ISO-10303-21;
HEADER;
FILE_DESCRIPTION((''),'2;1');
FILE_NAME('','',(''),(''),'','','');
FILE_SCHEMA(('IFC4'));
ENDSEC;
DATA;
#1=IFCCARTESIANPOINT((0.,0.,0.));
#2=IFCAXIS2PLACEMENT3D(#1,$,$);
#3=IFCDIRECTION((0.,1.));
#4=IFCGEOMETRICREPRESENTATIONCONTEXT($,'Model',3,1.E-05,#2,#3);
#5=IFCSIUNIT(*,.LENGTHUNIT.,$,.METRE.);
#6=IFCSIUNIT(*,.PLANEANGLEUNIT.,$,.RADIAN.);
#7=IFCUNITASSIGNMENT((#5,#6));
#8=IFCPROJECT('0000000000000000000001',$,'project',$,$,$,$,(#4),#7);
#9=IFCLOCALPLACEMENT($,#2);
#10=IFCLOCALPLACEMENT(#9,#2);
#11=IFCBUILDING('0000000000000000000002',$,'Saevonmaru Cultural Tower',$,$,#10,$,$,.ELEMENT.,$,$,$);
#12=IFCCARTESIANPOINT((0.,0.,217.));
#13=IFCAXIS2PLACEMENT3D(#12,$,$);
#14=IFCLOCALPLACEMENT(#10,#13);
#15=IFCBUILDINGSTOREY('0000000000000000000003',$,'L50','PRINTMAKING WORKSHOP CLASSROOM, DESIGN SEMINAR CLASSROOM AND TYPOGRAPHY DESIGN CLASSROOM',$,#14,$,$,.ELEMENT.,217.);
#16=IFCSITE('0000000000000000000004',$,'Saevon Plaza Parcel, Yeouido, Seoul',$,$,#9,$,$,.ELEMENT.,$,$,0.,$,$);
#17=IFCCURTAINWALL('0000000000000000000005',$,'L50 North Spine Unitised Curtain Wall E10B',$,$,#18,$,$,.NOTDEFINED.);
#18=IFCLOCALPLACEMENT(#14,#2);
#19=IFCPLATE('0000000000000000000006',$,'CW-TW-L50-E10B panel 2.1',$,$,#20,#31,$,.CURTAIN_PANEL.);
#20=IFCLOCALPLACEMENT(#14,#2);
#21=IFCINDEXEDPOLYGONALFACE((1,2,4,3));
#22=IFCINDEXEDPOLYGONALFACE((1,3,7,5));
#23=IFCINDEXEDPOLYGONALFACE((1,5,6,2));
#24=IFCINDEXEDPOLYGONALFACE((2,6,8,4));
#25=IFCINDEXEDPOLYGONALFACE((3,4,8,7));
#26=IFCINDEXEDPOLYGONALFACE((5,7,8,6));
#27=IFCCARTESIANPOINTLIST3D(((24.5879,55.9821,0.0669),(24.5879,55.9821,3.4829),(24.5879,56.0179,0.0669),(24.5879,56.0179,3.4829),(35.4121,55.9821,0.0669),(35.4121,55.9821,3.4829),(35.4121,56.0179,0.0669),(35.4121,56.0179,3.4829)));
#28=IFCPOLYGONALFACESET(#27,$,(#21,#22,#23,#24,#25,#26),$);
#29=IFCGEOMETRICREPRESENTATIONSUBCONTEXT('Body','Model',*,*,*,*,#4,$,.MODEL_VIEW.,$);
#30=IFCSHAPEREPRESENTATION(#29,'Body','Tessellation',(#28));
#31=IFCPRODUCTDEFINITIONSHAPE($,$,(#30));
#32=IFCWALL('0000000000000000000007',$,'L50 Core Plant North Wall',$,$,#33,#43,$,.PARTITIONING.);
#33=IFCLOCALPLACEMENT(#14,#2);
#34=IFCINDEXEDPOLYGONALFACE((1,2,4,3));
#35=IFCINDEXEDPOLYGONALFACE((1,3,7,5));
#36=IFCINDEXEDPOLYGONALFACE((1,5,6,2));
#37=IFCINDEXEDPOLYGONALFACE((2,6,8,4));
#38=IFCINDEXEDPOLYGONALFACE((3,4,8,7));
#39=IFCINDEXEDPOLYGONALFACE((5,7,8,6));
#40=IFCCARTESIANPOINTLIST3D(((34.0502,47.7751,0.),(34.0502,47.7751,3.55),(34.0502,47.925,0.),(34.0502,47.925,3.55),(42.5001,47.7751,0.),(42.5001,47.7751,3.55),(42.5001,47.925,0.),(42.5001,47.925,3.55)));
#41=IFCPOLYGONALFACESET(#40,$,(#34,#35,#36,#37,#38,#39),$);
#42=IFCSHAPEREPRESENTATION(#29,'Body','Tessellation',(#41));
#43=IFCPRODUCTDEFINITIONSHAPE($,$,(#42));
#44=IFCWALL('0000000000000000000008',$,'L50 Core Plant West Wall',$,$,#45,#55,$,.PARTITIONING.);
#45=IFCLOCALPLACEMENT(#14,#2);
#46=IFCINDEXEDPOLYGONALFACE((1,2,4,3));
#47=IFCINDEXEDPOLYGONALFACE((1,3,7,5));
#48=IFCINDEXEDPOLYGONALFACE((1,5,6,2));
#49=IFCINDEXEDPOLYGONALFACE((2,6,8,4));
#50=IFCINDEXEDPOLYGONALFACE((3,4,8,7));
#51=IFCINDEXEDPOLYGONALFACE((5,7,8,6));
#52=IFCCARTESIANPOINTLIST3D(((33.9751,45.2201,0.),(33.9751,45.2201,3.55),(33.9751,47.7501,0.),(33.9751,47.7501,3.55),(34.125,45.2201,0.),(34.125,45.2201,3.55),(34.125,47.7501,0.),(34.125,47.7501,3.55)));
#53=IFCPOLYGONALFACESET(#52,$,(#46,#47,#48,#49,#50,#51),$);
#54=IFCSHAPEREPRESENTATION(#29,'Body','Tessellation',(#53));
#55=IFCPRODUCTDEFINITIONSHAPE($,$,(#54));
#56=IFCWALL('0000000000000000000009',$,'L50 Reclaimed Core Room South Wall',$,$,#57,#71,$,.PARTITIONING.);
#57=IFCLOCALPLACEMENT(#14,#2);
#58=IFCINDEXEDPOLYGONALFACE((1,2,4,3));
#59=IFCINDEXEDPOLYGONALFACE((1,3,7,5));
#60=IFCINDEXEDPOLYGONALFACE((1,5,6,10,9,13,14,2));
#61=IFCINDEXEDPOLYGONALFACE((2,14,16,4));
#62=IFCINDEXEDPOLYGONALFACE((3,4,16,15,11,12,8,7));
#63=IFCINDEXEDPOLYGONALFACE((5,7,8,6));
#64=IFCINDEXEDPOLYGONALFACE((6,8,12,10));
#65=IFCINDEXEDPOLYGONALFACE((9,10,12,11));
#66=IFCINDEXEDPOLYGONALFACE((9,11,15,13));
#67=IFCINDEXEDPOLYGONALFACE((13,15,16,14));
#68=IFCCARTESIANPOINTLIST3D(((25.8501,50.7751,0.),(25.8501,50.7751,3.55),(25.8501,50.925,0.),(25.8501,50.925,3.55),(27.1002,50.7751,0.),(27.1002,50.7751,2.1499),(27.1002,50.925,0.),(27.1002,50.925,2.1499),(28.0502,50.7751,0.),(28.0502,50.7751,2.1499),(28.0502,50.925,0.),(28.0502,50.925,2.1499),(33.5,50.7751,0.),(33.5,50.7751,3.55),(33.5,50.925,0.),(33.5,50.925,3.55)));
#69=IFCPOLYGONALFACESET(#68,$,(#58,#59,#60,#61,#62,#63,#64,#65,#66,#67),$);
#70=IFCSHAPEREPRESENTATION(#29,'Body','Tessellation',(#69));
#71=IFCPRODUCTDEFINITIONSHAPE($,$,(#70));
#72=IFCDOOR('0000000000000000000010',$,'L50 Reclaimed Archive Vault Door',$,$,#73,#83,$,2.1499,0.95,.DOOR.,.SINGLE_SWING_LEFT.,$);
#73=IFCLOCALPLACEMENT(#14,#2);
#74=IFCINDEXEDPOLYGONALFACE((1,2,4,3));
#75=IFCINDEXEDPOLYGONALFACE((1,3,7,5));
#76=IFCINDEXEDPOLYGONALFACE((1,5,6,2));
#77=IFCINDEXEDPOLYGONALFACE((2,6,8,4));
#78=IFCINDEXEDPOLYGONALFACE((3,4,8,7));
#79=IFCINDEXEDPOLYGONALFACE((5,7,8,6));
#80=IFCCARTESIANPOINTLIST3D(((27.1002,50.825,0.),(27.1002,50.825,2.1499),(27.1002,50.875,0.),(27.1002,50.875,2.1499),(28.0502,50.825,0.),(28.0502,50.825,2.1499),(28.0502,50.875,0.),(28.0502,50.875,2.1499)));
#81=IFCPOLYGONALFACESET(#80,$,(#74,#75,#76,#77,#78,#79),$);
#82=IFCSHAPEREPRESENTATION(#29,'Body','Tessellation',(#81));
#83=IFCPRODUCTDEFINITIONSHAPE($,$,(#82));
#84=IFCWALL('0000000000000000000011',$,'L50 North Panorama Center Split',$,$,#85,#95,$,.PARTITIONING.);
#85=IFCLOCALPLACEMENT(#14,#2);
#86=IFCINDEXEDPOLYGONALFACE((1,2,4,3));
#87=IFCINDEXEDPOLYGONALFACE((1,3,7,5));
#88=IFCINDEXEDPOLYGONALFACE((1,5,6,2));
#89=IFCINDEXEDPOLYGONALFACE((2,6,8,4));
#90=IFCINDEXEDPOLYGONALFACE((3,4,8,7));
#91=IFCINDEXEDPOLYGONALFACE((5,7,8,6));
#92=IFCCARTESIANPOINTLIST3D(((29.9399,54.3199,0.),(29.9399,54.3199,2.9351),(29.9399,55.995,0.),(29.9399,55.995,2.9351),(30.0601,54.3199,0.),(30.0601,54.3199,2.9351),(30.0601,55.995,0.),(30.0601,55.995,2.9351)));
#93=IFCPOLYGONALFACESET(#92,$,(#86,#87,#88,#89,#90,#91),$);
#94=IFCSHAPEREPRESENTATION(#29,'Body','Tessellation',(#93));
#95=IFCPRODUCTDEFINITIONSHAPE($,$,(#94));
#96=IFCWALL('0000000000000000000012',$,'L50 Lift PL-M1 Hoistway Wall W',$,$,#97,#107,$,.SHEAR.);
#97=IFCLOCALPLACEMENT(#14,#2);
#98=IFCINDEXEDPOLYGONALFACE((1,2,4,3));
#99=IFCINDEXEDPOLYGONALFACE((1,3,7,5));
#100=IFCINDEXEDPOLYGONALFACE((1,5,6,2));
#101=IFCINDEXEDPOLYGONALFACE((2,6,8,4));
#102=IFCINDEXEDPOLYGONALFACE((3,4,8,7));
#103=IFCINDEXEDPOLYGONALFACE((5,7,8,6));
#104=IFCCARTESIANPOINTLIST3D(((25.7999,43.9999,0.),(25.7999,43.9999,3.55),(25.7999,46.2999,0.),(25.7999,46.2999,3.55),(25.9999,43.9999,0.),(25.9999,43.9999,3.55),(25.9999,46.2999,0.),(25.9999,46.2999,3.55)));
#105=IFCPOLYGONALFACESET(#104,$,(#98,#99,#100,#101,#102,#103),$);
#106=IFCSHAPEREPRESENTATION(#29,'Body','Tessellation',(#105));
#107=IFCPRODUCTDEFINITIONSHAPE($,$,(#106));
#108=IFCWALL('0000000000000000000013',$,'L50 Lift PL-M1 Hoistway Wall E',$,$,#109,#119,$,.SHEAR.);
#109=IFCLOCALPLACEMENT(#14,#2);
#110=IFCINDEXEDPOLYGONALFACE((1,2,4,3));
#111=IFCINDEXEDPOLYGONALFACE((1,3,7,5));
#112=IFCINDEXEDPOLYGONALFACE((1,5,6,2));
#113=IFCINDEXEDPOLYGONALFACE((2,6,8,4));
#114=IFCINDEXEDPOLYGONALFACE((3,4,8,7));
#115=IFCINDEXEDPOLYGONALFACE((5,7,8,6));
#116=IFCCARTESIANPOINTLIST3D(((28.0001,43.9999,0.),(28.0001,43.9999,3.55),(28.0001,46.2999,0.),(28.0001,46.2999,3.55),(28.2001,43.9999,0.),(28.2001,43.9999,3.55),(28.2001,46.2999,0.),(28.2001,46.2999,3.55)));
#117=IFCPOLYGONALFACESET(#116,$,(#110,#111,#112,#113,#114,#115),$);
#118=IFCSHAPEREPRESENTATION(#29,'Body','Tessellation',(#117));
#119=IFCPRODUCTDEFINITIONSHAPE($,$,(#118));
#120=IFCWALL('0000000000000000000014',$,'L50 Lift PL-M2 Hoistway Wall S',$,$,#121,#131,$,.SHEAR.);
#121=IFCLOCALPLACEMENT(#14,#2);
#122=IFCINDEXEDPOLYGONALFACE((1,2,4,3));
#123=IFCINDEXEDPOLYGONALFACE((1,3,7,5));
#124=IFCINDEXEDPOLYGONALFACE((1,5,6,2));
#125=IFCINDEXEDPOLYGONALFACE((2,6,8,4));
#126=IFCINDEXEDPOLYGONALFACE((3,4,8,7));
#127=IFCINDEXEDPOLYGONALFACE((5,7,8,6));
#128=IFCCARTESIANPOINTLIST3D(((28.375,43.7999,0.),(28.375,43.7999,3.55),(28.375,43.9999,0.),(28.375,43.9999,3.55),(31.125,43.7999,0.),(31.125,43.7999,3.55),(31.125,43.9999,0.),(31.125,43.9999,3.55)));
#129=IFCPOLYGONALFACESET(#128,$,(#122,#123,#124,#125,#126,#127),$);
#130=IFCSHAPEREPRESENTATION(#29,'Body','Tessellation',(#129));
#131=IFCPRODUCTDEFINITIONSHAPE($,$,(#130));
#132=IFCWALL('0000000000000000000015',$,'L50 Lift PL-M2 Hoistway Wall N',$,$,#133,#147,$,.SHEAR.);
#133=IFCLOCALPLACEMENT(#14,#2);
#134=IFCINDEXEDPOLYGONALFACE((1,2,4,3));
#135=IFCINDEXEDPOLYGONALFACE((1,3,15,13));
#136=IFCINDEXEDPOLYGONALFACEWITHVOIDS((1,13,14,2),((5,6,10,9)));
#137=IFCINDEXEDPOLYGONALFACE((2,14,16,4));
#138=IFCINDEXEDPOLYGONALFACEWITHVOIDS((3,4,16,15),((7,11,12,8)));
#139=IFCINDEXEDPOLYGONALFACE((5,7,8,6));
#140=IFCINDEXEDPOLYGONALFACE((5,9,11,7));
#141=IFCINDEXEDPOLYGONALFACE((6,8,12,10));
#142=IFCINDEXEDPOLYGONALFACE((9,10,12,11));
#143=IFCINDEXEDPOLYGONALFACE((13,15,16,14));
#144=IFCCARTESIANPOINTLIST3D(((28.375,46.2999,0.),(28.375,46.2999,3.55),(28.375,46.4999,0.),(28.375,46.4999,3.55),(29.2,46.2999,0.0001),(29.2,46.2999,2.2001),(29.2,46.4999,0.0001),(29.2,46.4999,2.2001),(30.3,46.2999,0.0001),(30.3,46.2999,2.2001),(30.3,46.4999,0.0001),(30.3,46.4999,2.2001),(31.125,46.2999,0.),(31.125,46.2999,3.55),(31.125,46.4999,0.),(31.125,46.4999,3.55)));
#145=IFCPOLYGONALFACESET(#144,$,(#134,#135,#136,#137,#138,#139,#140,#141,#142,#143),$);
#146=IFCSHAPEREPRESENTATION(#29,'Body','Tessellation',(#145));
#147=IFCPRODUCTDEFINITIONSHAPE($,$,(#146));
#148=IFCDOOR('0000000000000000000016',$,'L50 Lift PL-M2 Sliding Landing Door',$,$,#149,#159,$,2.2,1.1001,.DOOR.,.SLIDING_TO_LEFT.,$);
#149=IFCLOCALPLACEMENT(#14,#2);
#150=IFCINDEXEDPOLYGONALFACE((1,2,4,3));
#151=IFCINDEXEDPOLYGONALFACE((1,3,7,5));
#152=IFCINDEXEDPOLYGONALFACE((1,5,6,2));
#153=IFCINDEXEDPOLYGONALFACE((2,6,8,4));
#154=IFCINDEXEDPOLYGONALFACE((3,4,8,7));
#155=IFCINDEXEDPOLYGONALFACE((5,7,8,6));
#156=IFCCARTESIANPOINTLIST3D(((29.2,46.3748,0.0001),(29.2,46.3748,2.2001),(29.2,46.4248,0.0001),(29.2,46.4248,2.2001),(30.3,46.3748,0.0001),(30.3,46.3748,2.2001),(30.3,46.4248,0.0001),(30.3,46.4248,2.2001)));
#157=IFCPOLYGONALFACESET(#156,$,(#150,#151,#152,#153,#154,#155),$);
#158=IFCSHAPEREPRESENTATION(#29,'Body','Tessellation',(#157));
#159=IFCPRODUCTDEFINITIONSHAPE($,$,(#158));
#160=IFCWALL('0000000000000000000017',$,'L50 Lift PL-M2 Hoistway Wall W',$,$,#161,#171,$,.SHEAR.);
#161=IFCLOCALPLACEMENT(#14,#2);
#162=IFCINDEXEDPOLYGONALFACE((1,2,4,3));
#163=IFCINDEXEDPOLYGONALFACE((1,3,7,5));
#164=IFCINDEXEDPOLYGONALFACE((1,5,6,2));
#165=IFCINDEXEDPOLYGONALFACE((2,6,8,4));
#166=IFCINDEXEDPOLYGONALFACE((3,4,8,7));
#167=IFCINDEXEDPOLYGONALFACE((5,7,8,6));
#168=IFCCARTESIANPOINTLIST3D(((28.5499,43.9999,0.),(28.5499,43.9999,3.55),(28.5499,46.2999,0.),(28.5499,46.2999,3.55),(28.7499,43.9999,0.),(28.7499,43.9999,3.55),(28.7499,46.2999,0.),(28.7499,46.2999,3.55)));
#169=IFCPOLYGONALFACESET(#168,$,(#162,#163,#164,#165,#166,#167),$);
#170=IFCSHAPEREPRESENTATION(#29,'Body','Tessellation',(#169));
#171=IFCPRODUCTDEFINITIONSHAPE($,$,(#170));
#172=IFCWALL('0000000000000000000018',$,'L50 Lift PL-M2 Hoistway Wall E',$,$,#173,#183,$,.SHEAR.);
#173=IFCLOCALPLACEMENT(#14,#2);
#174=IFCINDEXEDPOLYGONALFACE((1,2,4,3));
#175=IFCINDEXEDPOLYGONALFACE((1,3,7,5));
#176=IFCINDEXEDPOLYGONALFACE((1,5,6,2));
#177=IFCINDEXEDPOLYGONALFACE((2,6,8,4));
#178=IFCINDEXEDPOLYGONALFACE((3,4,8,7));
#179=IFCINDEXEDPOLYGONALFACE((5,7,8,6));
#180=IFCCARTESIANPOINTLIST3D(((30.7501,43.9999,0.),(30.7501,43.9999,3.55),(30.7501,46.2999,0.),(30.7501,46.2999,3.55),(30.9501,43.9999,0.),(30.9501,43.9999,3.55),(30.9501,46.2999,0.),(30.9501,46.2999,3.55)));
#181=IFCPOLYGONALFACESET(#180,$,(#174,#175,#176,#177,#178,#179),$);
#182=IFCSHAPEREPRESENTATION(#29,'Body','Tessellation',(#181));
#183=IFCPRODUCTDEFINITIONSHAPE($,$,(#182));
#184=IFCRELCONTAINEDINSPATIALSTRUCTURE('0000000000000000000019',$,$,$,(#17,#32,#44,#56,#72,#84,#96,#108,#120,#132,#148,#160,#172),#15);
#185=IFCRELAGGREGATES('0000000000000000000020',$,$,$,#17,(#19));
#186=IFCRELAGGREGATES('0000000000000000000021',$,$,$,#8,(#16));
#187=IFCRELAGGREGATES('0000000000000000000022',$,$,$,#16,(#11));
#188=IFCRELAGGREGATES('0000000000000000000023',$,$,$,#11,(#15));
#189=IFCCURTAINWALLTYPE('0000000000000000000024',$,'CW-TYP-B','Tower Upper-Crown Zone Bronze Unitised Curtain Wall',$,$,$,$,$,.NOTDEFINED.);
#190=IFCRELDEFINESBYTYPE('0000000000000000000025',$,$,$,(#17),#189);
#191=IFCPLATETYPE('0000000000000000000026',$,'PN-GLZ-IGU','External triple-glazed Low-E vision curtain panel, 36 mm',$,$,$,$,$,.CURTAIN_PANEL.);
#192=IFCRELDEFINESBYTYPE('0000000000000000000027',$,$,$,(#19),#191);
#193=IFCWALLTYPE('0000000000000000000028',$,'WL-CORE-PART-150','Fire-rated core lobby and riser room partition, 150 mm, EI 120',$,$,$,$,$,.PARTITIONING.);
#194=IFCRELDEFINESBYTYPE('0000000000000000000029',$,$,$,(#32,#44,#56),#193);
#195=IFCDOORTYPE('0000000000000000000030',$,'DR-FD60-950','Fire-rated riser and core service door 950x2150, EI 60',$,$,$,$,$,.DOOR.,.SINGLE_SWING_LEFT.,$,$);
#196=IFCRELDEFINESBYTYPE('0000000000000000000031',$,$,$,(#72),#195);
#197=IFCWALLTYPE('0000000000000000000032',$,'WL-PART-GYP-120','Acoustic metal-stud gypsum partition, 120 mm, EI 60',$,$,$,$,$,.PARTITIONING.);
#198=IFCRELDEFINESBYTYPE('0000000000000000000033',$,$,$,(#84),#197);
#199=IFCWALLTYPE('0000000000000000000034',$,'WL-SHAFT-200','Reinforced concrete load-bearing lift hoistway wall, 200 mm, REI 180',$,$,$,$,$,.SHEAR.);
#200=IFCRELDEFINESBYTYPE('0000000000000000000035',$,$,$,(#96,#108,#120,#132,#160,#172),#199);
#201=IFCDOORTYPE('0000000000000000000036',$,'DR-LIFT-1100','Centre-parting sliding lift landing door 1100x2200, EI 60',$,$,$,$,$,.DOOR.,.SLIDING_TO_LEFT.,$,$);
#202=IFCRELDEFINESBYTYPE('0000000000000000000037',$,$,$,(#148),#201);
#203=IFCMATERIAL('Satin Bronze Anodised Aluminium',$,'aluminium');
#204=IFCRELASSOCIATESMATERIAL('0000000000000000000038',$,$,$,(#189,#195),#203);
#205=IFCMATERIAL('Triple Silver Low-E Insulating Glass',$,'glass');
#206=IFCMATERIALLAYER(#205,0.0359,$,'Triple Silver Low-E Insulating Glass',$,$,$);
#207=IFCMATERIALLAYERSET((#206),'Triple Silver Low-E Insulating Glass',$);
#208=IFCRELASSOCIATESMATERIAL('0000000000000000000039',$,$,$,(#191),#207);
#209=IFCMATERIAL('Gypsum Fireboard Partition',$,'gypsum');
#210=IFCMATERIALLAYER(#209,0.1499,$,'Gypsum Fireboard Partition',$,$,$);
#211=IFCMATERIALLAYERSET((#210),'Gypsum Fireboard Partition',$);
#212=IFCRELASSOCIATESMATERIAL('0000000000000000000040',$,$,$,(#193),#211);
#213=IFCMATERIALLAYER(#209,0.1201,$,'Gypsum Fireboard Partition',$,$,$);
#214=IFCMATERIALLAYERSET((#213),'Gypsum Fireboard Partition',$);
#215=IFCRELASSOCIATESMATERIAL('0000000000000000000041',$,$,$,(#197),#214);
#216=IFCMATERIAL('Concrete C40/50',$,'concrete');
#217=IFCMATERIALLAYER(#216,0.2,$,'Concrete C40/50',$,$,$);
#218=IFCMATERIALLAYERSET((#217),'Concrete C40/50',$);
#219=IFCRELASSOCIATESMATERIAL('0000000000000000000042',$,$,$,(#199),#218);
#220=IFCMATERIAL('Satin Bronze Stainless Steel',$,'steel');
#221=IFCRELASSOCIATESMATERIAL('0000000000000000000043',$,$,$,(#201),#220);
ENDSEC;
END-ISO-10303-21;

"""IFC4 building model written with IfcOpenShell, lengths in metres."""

from ifc_helpers import new_model, si_unit, direction, frame, frame_2d, origin, origin_2d, place, context, subcontext, project, spatial, rectangle, extrude, material, layer, layer_set, type_object, element, fill, aggregate, save


model = new_model("IFC4")

# Units and contexts
model_context = context("Model", 3, precision=1e-05, world=origin(), true_north=direction((0.0, 1.0)))
body_context = subcontext(model_context, "Body", "Model", "MODEL_VIEW")
ifc_project = project(units=[si_unit("LENGTHUNIT", "METRE"), si_unit("PLANEANGLEUNIT", "RADIAN")], contexts=[model_context])

# Site, building, storey
site_placement = place(None, origin())
site = spatial("IfcSite", under=ifc_project, at=site_placement, Name="Saevon Plaza Parcel, Yeouido, Seoul", CompositionType="ELEMENT", RefElevation=0.0)
building_placement = place(site_placement, origin())
building = spatial("IfcBuilding", under=site, at=building_placement, Name="Saevonmaru Cultural Tower", CompositionType="ELEMENT")
storey_placement = place(building_placement, frame((0.0, 0.0, 217.0)))
storey = spatial("IfcBuildingStorey", under=building, at=storey_placement, Name="L50", Description="PRINTMAKING WORKSHOP CLASSROOM, DESIGN SEMINAR CLASSROOM AND TYPOGRAPHY DESIGN CLASSROOM", CompositionType="ELEMENT", Elevation=217.0)

# Curtain wall, plate
ifc_material_1 = material(Name="Satin Bronze Anodised Aluminium", Category="aluminium")
curtain_wall_type = type_object("IfcCurtainWallType", Name="CW-TYP-B", Description="Tower Upper-Crown Zone Bronze Unitised Curtain Wall", PredefinedType="NOTDEFINED", material=ifc_material_1)
curtain_wall_placement = place(storey_placement, origin())
curtain_wall = element("IfcCurtainWall", 1, at=curtain_wall_placement, inside=storey, type_object=curtain_wall_type, Name="L50 North Spine Unitised Curtain Wall E10B", PredefinedType="NOTDEFINED")
ifc_material_2 = material(Name="Triple Silver Low-E Insulating Glass", Category="glass")
ifc_layer_1 = layer(ifc_material_2, 0.0359, Name="Triple Silver Low-E Insulating Glass")
ifc_layer_set_1 = layer_set([ifc_layer_1], Name="Triple Silver Low-E Insulating Glass")
plate_type = type_object("IfcPlateType", Name="PN-GLZ-IGU", Description="External triple-glazed Low-E vision curtain panel, 36 mm", PredefinedType="CURTAIN_PANEL", material=ifc_layer_set_1)
plate_placement = place(storey_placement, frame((30.0, 56.0, 0.0669), z_axis=(0.0, 0.0, 1.0), x_axis=(-1.0, 0.0, 0.0)))
plate = element("IfcPlate", 2, at=plate_placement, type_object=plate_type, Name="CW-TW-L50-E10B panel 2.1", PredefinedType="CURTAIN_PANEL", context=body_context, shape_type="SweptSolid", body=[
    extrude(rectangle(XDim=10.8242, YDim=0.0359, at=origin_2d()), origin(), (0.0, 0.0, 1.0), 3.416),
])
aggregate(curtain_wall, [plate])

# Shared definitions
ifc_material_3 = material(Name="Gypsum Fireboard Partition", Category="gypsum")
ifc_layer_2 = layer(ifc_material_3, 0.1499, Name="Gypsum Fireboard Partition")
ifc_layer_set_2 = layer_set([ifc_layer_2], Name="Gypsum Fireboard Partition")
wall_type_1 = type_object("IfcWallType", Name="WL-CORE-PART-150", Description="Fire-rated core lobby and riser room partition, 150 mm, EI 120", PredefinedType="PARTITIONING", material=ifc_layer_set_2)

# Shared definitions
door_type_1 = type_object("IfcDoorType", Name="DR-FD60-950", Description="Fire-rated riser and core service door 950x2150, EI 60", OperationType="SINGLE_SWING_LEFT", PredefinedType="DOOR", material=ifc_material_1)

# Walls
wall_1_placement = place(storey_placement, frame((34.05, 47.8501, 0.0), z_axis=(0.0, 0.0, 1.0), x_axis=(1.0, 0.0, 0.0)))
element("IfcWall", 3, at=wall_1_placement, inside=storey, type_object=wall_type_1, Name="L50 Core Plant North Wall", PredefinedType="PARTITIONING", context=body_context, shape_type="SweptSolid", body=[
    extrude(rectangle(XDim=8.45, YDim=0.1499, at=frame_2d((4.2251, 0.0))), origin(), (0.0, 0.0, 1.0), 3.55),
])
wall_2_placement = place(storey_placement, frame((34.05, 45.22, 0.0), z_axis=(0.0, 0.0, 1.0), x_axis=(0.0, 1.0, 0.0)))
element("IfcWall", 4, at=wall_2_placement, inside=storey, type_object=wall_type_1, Name="L50 Core Plant West Wall", PredefinedType="PARTITIONING", context=body_context, shape_type="SweptSolid", body=[
    extrude(rectangle(XDim=2.53, YDim=0.1499, at=frame_2d((1.2651, 0.0))), origin(), (0.0, 0.0, 1.0), 3.55),
])

# Wall, opening, door
wall_3_placement = place(storey_placement, frame((25.8501, 50.8501, 0.0), z_axis=(0.0, 0.0, 1.0), x_axis=(1.0, 0.0, 0.0)))
wall_3 = element("IfcWall", 5, at=wall_3_placement, inside=storey, type_object=wall_type_1, Name="L50 Reclaimed Core Room South Wall", PredefinedType="PARTITIONING", context=body_context, shape_type="SweptSolid", body=[
    extrude(rectangle(XDim=7.6499, YDim=0.1499, at=frame_2d((3.825, 0.0))), origin(), (0.0, 0.0, 1.0), 3.55),
])
opening_1_placement = place(wall_3_placement, frame((1.25, 0.0, 0.0)))
opening_1 = element("IfcOpeningElement", 6, at=opening_1_placement, cuts=wall_3, PredefinedType="OPENING", context=body_context, shape_type="SweptSolid", body=[
    extrude(rectangle(XDim=0.95, YDim=2.1499, at=frame_2d((0.4751, 1.075))), frame((0.0, 0.085, 0.0), z_axis=(0.0, -1.0, 0.0), x_axis=(1.0, 0.0, 0.0)), (0.0, 0.0, 1.0), 0.1699),
])
door_1_placement = place(opening_1_placement, origin())
door_1 = element("IfcDoor", 7, at=door_1_placement, inside=storey, type_object=door_type_1, Name="L50 Reclaimed Archive Vault Door", OperationType="SINGLE_SWING_LEFT", OverallHeight=2.1499, OverallWidth=0.95, PredefinedType="DOOR", context=body_context, shape_type="SweptSolid", body=[
    extrude(rectangle(XDim=0.95, YDim=2.1499, at=frame_2d((0.4751, 1.075))), frame((0.0, 0.0249, 0.0), z_axis=(0.0, -1.0, 0.0), x_axis=(1.0, 0.0, 0.0)), (0.0, 0.0, 1.0), 0.05),
])
fill(opening_1, door_1)

# Walls
ifc_layer_3 = layer(ifc_material_3, 0.1201, Name="Gypsum Fireboard Partition")
ifc_layer_set_3 = layer_set([ifc_layer_3], Name="Gypsum Fireboard Partition")
wall_type_2 = type_object("IfcWallType", Name="WL-PART-GYP-120", Description="Acoustic metal-stud gypsum partition, 120 mm, EI 60", PredefinedType="PARTITIONING", material=ifc_layer_set_3)
wall_4_placement = place(storey_placement, frame((30.0, 54.3201, 0.0), z_axis=(0.0, 0.0, 1.0), x_axis=(0.0, 1.0, 0.0)))
element("IfcWall", 8, at=wall_4_placement, inside=storey, type_object=wall_type_2, Name="L50 North Panorama Center Split", PredefinedType="PARTITIONING", context=body_context, shape_type="SweptSolid", body=[
    extrude(rectangle(XDim=1.675, YDim=0.1201, at=frame_2d((0.8374, 0.0))), origin(), (0.0, 0.0, 1.0), 2.9351),
])
ifc_material_4 = material(Name="Concrete C40/50", Category="concrete")
ifc_layer_4 = layer(ifc_material_4, 0.2, Name="Concrete C40/50")
ifc_layer_set_4 = layer_set([ifc_layer_4], Name="Concrete C40/50")
wall_type_3 = type_object("IfcWallType", Name="WL-SHAFT-200", Description="Reinforced concrete load-bearing lift hoistway wall, 200 mm, REI 180", PredefinedType="SHEAR", material=ifc_layer_set_4)
for number, where, z_axis, x_axis, name in (
    (9, (25.8999, 44.0, 0.0), (0.0, 0.0, 1.0), (0.0, 1.0, 0.0), "L50 Lift PL-M1 Hoistway Wall W"),
    (10, (28.1001, 44.0, 0.0), (0.0, 0.0, 1.0), (0.0, 1.0, 0.0), "L50 Lift PL-M1 Hoistway Wall E"),
):
    element("IfcWall", number, at=place(storey_placement, frame(where, z_axis=z_axis, x_axis=x_axis)), inside=storey, type_object=wall_type_3, Name=name, PredefinedType="SHEAR", context=body_context, shape_type="SweptSolid", body=[
        extrude(rectangle(XDim=2.3, YDim=0.2, at=frame_2d((1.1499, 0.0))), origin(), (0.0, 0.0, 1.0), 3.55),
    ])
wall_5_placement = place(storey_placement, frame((28.375, 43.8999, 0.0), z_axis=(0.0, 0.0, 1.0), x_axis=(1.0, 0.0, 0.0)))
element("IfcWall", 11, at=wall_5_placement, inside=storey, type_object=wall_type_3, Name="L50 Lift PL-M2 Hoistway Wall S", PredefinedType="SHEAR", context=body_context, shape_type="SweptSolid", body=[
    extrude(rectangle(XDim=2.75, YDim=0.2, at=frame_2d((1.375, 0.0))), origin(), (0.0, 0.0, 1.0), 3.55),
])

# Wall, opening, door
wall_6_placement = place(storey_placement, frame((28.375, 46.3999, 0.0), z_axis=(0.0, 0.0, 1.0), x_axis=(1.0, 0.0, 0.0)))
wall_6 = element("IfcWall", 12, at=wall_6_placement, inside=storey, type_object=wall_type_3, Name="L50 Lift PL-M2 Hoistway Wall N", PredefinedType="SHEAR", context=body_context, shape_type="SweptSolid", body=[
    extrude(rectangle(XDim=2.75, YDim=0.2, at=frame_2d((1.375, 0.0))), origin(), (0.0, 0.0, 1.0), 3.55),
])
opening_2_placement = place(wall_6_placement, frame((0.825, 0.0, 0.0)))
opening_2 = element("IfcOpeningElement", 13, at=opening_2_placement, cuts=wall_6, PredefinedType="OPENING", context=body_context, shape_type="SweptSolid", body=[
    extrude(rectangle(XDim=1.1001, YDim=2.2, at=frame_2d((0.55, 1.1001))), frame((0.0, 0.1099, 0.0), z_axis=(0.0, -1.0, 0.0), x_axis=(1.0, 0.0, 0.0)), (0.0, 0.0, 1.0), 0.22),
])
ifc_material_5 = material(Name="Satin Bronze Stainless Steel", Category="steel")
door_type_2 = type_object("IfcDoorType", Name="DR-LIFT-1100", Description="Centre-parting sliding lift landing door 1100x2200, EI 60", OperationType="SLIDING_TO_LEFT", PredefinedType="DOOR", material=ifc_material_5)
door_2_placement = place(opening_2_placement, origin())
door_2 = element("IfcDoor", 14, at=door_2_placement, inside=storey, type_object=door_type_2, Name="L50 Lift PL-M2 Sliding Landing Door", OperationType="SLIDING_TO_LEFT", OverallHeight=2.2, OverallWidth=1.1001, PredefinedType="DOOR", context=body_context, shape_type="SweptSolid", body=[
    extrude(rectangle(XDim=1.1001, YDim=2.2, at=frame_2d((0.55, 1.1001))), frame((0.0, 0.0249, 0.0), z_axis=(0.0, -1.0, 0.0), x_axis=(1.0, 0.0, 0.0)), (0.0, 0.0, 1.0), 0.05),
])
fill(opening_2, door_2)

# Walls
for number, where, z_axis, x_axis, name in (
    (15, (28.6499, 44.0, 0.0), (0.0, 0.0, 1.0), (0.0, 1.0, 0.0), "L50 Lift PL-M2 Hoistway Wall W"),
    (16, (30.8501, 44.0, 0.0), (0.0, 0.0, 1.0), (0.0, 1.0, 0.0), "L50 Lift PL-M2 Hoistway Wall E"),
):
    element("IfcWall", number, at=place(storey_placement, frame(where, z_axis=z_axis, x_axis=x_axis)), inside=storey, type_object=wall_type_3, Name=name, PredefinedType="SHEAR", context=body_context, shape_type="SweptSolid", body=[
        extrude(rectangle(XDim=2.3, YDim=0.2, at=frame_2d((1.1499, 0.0))), origin(), (0.0, 0.0, 1.0), 3.55),
    ])

save(model, "model.ifc")
